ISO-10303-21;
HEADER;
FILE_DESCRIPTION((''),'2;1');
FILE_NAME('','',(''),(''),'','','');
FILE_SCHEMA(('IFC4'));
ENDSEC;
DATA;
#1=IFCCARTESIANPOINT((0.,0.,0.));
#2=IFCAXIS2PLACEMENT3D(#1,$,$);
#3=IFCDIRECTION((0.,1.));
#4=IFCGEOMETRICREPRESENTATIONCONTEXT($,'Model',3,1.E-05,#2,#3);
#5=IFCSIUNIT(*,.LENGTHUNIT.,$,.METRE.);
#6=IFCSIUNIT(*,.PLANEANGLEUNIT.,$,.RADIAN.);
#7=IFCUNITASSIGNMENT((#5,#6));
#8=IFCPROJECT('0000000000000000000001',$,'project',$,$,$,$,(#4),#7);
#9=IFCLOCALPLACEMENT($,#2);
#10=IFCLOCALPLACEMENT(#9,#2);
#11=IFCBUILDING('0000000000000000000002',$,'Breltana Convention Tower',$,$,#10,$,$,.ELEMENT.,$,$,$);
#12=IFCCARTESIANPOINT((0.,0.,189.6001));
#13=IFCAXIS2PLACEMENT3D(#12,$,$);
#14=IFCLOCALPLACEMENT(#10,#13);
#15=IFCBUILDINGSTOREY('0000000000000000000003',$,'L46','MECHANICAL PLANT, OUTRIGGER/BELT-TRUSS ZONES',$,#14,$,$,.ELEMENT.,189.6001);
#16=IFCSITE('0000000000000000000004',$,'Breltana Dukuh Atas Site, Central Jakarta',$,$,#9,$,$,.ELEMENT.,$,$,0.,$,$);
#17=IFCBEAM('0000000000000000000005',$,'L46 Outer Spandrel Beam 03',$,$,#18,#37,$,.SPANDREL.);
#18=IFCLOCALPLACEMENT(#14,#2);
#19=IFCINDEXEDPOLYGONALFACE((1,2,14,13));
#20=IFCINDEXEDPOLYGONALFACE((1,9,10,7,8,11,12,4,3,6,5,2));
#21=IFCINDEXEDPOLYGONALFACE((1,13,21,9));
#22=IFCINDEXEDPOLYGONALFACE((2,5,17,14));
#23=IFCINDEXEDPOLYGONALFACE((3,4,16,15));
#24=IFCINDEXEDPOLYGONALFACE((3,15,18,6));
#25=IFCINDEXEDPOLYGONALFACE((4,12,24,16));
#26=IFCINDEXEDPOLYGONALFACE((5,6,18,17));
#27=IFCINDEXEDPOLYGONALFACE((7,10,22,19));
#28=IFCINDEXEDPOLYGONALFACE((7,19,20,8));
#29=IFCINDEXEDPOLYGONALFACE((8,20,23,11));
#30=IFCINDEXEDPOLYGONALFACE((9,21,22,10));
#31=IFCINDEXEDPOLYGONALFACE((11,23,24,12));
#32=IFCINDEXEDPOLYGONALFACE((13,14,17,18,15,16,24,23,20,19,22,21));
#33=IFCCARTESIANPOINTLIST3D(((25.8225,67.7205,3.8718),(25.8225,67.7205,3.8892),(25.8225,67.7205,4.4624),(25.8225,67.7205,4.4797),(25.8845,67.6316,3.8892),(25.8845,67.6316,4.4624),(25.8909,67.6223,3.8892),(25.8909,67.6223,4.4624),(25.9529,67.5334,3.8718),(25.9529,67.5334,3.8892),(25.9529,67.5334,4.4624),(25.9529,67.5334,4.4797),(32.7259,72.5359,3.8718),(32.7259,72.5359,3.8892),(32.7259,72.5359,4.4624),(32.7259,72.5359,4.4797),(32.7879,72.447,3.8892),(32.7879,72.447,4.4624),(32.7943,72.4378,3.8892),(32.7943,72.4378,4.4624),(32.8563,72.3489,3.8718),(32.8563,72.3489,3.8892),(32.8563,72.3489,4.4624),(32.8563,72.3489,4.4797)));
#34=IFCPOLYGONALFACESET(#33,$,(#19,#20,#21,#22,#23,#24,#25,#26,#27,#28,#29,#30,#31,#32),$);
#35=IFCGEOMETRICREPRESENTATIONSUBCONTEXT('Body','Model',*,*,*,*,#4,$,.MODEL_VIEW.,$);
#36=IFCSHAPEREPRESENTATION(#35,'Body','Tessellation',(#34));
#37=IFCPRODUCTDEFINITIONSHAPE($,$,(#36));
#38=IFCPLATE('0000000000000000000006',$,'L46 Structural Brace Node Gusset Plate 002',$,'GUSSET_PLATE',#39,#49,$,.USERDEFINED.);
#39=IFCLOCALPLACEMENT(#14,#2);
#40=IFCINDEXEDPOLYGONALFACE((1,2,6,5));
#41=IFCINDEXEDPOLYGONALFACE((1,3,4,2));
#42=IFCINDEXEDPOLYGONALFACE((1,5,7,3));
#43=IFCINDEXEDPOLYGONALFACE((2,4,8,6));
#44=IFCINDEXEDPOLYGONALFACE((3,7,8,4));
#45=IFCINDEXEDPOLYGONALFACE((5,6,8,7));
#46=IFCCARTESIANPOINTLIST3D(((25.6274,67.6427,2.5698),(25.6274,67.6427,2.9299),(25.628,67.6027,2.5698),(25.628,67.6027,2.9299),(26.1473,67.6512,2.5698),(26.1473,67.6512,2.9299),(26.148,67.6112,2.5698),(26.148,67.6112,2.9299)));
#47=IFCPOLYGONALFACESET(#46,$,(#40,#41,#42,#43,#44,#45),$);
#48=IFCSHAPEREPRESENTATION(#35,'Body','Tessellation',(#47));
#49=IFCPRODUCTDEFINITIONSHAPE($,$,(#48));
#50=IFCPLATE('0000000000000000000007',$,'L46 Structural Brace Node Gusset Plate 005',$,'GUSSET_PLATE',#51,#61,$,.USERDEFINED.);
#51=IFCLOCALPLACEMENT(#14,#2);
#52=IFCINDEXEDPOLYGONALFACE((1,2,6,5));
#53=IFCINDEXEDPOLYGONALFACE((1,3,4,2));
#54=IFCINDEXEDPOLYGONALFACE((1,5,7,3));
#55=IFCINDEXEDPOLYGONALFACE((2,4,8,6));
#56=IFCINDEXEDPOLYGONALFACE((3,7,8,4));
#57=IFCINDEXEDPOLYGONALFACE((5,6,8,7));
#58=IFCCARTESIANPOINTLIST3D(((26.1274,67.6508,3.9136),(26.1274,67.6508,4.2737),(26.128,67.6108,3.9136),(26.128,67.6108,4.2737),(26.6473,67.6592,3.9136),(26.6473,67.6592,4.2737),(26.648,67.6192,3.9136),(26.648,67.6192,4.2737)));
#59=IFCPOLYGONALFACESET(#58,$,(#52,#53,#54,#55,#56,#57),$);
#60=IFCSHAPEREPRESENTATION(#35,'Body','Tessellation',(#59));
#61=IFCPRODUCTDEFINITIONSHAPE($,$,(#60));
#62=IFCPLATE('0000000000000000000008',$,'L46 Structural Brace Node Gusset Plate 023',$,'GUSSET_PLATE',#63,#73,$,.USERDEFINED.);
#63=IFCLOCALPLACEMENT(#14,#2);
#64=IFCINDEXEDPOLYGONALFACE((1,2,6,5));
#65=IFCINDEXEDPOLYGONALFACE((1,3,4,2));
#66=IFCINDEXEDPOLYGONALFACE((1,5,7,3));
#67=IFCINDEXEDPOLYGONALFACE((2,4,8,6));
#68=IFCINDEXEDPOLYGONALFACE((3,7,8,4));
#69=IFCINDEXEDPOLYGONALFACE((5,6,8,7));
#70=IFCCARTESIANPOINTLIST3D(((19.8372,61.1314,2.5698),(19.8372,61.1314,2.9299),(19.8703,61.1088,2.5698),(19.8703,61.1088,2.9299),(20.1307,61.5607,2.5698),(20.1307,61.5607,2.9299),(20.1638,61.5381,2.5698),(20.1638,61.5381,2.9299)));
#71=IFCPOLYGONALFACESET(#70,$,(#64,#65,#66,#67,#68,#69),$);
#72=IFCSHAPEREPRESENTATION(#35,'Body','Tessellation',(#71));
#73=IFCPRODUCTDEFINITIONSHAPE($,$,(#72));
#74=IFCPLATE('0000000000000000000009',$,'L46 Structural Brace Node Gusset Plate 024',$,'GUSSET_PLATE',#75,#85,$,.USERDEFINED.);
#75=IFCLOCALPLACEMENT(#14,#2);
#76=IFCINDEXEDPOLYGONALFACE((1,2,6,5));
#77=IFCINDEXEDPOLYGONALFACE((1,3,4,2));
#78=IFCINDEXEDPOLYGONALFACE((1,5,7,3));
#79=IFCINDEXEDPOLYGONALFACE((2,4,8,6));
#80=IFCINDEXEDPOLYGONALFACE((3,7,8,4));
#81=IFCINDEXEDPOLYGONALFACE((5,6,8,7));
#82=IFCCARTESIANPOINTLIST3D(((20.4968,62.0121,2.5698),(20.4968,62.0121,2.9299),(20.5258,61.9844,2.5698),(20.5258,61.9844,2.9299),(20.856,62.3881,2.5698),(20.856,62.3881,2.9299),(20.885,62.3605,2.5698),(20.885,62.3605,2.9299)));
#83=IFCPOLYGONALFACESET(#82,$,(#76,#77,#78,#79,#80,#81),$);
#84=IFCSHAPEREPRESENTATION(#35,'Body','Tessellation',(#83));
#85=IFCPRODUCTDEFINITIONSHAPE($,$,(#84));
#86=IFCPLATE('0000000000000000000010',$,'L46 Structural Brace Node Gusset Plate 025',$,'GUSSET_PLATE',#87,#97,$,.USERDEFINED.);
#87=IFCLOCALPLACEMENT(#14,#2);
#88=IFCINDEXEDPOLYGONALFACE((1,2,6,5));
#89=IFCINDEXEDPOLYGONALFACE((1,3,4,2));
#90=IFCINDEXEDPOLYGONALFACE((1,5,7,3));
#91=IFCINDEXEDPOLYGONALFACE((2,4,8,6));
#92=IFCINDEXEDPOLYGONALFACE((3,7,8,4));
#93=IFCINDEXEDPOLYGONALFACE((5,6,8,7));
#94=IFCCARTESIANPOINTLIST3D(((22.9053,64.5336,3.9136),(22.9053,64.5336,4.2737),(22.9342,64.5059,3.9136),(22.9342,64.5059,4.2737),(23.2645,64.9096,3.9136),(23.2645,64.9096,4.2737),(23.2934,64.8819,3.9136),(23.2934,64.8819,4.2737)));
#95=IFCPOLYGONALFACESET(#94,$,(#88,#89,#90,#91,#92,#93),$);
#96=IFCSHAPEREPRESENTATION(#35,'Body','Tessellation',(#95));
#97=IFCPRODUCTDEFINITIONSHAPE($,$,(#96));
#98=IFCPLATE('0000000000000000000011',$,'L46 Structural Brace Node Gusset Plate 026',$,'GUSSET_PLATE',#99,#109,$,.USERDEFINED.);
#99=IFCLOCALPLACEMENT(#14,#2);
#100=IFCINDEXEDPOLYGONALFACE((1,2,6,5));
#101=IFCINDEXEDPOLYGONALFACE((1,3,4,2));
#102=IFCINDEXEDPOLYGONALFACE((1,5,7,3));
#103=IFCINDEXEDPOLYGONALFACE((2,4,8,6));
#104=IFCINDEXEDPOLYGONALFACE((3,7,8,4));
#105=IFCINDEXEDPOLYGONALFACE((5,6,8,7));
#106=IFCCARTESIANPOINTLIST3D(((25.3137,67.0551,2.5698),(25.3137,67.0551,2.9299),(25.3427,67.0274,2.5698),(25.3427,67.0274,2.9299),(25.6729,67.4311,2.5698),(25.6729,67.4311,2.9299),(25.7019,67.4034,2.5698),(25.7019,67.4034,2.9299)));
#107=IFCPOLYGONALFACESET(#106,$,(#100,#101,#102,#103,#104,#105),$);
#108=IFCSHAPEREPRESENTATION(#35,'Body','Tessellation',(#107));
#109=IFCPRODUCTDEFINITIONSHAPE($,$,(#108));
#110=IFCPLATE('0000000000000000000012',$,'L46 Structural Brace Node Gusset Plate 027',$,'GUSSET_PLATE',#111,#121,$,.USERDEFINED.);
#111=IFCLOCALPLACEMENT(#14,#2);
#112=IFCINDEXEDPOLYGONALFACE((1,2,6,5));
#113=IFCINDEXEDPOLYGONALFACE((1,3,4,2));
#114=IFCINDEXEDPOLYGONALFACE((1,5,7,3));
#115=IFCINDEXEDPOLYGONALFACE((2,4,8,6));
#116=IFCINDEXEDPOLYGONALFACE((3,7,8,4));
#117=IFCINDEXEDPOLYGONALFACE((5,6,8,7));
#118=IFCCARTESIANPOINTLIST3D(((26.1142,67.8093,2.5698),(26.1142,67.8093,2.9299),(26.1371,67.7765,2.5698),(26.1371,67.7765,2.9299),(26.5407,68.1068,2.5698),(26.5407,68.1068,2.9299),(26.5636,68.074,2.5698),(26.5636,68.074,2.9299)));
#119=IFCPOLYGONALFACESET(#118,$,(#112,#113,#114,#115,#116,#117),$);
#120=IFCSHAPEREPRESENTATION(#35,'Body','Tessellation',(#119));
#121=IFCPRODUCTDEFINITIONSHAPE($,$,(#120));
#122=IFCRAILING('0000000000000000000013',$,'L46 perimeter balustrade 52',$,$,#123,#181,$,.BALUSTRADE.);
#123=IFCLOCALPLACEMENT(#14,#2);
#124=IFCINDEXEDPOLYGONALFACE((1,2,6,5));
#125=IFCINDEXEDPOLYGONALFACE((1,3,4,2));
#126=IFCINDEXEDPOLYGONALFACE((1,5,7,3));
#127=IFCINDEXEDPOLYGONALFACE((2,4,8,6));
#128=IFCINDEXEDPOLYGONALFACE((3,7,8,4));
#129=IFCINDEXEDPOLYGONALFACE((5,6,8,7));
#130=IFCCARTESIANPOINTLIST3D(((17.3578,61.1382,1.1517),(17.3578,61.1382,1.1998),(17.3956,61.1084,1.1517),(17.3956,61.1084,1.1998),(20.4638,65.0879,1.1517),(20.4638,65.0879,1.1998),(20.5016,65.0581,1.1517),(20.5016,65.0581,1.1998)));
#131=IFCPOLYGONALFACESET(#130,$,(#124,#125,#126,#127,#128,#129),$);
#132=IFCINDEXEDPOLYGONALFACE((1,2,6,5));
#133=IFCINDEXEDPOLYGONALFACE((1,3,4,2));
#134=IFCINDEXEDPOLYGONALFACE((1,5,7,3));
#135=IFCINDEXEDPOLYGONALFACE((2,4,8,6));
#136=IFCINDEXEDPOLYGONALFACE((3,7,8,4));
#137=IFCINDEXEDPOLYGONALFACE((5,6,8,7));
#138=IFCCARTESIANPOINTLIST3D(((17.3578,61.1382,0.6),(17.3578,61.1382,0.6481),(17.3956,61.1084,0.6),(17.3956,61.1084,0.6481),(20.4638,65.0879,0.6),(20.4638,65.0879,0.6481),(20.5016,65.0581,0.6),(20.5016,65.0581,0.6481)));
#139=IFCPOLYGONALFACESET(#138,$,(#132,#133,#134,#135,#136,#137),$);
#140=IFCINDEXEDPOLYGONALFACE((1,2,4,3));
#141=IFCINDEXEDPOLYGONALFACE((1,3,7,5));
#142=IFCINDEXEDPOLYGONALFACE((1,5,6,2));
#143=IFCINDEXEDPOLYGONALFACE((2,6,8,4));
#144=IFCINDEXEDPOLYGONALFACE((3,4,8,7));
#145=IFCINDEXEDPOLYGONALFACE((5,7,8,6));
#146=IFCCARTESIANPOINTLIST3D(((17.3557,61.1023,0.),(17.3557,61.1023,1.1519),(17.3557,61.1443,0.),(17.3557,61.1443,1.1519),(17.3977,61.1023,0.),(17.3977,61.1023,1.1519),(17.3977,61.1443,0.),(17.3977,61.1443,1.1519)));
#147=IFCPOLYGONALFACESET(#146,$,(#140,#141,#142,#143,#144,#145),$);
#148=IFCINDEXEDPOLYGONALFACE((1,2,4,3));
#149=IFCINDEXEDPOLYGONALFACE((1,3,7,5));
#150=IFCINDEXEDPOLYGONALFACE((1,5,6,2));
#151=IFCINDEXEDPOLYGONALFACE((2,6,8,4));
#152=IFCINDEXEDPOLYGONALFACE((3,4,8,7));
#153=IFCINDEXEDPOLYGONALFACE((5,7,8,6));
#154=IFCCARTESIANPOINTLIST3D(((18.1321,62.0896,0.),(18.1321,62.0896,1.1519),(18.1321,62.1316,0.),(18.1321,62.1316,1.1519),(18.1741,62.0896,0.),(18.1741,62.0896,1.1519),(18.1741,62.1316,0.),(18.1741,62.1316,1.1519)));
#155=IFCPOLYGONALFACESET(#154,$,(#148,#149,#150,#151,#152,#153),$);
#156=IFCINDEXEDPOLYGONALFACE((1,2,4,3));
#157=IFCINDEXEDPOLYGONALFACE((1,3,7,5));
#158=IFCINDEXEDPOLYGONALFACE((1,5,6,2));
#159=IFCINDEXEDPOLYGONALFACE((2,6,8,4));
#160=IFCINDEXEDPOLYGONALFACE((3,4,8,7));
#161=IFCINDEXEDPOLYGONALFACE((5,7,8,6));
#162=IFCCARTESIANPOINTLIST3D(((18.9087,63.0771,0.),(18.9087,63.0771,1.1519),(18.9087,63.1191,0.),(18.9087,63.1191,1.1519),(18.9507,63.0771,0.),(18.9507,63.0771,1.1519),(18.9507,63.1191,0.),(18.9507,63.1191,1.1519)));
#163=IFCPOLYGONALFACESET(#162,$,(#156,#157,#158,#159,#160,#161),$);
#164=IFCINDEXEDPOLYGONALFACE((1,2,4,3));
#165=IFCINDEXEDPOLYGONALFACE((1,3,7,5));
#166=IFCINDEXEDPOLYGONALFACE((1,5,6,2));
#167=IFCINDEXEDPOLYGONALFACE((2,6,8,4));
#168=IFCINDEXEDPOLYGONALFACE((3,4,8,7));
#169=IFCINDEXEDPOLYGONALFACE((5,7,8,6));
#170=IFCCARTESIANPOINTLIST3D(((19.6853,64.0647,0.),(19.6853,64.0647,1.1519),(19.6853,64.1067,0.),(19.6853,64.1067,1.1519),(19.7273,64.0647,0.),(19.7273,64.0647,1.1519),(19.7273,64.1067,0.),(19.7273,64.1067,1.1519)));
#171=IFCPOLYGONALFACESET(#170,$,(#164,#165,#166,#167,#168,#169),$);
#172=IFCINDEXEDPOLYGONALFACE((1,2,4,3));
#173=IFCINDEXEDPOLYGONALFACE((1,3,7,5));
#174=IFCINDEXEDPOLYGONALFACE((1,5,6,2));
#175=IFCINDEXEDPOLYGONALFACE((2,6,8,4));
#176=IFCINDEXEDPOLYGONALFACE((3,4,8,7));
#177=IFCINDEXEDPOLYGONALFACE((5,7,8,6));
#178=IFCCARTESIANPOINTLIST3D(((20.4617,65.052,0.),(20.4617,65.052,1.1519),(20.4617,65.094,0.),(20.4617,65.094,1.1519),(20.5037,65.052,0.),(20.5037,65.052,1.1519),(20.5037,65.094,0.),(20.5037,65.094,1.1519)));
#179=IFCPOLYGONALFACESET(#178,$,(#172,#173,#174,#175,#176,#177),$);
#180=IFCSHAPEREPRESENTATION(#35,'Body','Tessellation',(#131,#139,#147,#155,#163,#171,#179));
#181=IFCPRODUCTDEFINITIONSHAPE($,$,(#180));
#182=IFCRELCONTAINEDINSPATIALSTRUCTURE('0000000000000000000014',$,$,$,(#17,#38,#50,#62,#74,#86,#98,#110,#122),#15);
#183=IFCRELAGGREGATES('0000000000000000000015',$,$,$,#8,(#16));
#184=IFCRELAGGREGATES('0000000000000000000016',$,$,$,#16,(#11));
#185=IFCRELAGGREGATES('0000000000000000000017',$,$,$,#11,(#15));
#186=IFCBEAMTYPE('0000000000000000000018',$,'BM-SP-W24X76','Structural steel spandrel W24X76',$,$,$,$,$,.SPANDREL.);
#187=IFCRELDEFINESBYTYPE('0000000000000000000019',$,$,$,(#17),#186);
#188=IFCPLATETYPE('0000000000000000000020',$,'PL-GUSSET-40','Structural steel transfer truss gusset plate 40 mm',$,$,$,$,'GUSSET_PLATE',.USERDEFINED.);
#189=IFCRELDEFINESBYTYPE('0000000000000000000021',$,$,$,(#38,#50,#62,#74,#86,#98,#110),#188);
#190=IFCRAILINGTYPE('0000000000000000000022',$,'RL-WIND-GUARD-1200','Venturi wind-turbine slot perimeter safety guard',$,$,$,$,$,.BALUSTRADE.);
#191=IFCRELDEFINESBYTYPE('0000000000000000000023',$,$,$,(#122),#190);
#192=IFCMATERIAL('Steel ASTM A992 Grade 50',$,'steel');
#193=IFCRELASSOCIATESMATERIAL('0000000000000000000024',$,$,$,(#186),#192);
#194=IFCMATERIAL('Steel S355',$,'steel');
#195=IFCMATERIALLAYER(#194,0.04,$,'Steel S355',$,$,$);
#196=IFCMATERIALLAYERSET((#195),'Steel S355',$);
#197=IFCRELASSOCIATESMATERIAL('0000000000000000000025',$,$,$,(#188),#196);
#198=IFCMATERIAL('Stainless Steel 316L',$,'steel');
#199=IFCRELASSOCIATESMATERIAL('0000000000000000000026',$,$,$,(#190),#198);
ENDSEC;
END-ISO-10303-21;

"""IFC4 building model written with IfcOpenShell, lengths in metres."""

from ifc_helpers import new_model, si_unit, direction, frame, origin, origin_2d, place, context, subcontext, project, spatial, rectangle, i_section, extrude, source, transform, mapped, material, layer, layer_set, material_profile, profile_set, type_object, element, save


model = new_model("IFC4")

# Units and contexts
model_context = context("Model", 3, precision=1e-05, world=origin(), true_north=direction((0.0, 1.0)))
body_context = subcontext(model_context, "Body", "Model", "MODEL_VIEW")
ifc_project = project(units=[si_unit("LENGTHUNIT", "METRE"), si_unit("PLANEANGLEUNIT", "RADIAN")], contexts=[model_context])

# Site, building, storey
site_placement = place(None, origin())
site = spatial("IfcSite", under=ifc_project, at=site_placement, Name="Breltana Dukuh Atas Site, Central Jakarta", CompositionType="ELEMENT", RefElevation=0.0)
building_placement = place(site_placement, origin())
building = spatial("IfcBuilding", under=site, at=building_placement, Name="Breltana Convention Tower", CompositionType="ELEMENT")
storey_placement = place(building_placement, frame((0.0, 0.0, 189.6001)))
storey = spatial("IfcBuildingStorey", under=building, at=storey_placement, Name="L46", Description="MECHANICAL PLANT, OUTRIGGER/BELT-TRUSS ZONES", CompositionType="ELEMENT", Elevation=189.6001)

# Shared definitions
ifc_material_1 = material(Name="Steel ASTM A992 Grade 50", Category="steel")

# Beam
ifc_material_profile_1 = material_profile(ifc_material_1, i_section(OverallWidth=0.228, OverallDepth=0.6079, WebThickness=0.0112, FlangeThickness=0.0173, at=origin_2d()), Name="W24X76")
ifc_profile_set_1 = profile_set([ifc_material_profile_1], Name="Steel ASTM A992 Grade 50")
beam_type_1 = type_object("IfcBeamType", Name="BM-SP-W24X76", Description="Structural steel spandrel W24X76", PredefinedType="SPANDREL", material=ifc_profile_set_1)
shared_shape_1 = source(origin(), body_context, "Body", "SweptSolid", [
    extrude(i_section(OverallWidth=0.228, OverallDepth=0.6079, WebThickness=0.0112, FlangeThickness=0.0173, at=origin_2d()), origin(), (0.0, 0.0, 1.0), 8.417),
])
beam_1_placement = place(storey_placement, frame((25.8877, 67.627, 4.1758), z_axis=(0.820174, 0.572114, 0.0), x_axis=(-0.572114, 0.820174, 0.0)))
element("IfcBeam", 1, at=beam_1_placement, inside=storey, type_object=beam_type_1, Name="L46 Outer Spandrel Beam 03", PredefinedType="SPANDREL", context=body_context, shape_type="MappedRepresentation", body=[
    mapped(shared_shape_1, transform((0.0, 0.0, 0.0), scale=1.0)),
])

# Plates
ifc_material_2 = material(Name="Steel S355", Category="steel")
ifc_layer = layer(ifc_material_2, 0.04, Name="Steel S355")
ifc_layer_set = layer_set([ifc_layer], Name="Steel S355")
plate_type = type_object("IfcPlateType", Name="PL-GUSSET-40", Description="Structural steel transfer truss gusset plate 40 mm", ElementType="GUSSET_PLATE", PredefinedType="USERDEFINED", material=ifc_layer_set)
shared_shape_2 = source(origin(), body_context, "Body", "SweptSolid", [
    extrude(rectangle(XDim=0.52, YDim=0.04, at=origin_2d()), origin(), (0.0, 0.0, 1.0), 0.3601),
])
for number, where, z_axis, x_axis, name in (
    (2, (25.8877, 67.627, 2.5698), (0.0, 0.0, 1.0), (-0.999868, -0.016231, 0.0), "L46 Structural Brace Node Gusset Plate 002"),
    (3, (26.3877, 67.635, 3.9136), (0.0, 0.0, 1.0), (-0.999868, -0.016231, 0.0), "L46 Structural Brace Node Gusset Plate 005"),
    (4, (20.0005, 61.3347, 2.5698), (0.0, 0.0, 1.0), (0.564391, 0.825508, 0.0), "L46 Structural Brace Node Gusset Plate 023"),
    (5, (20.6909, 62.1863, 2.5698), (0.0, 0.0, 1.0), (0.690756, 0.723088, 0.0), "L46 Structural Brace Node Gusset Plate 024"),
    (6, (23.0994, 64.7078, 3.9136), (0.0, 0.0, 1.0), (0.690756, 0.723088, 0.0), "L46 Structural Brace Node Gusset Plate 025"),
    (7, (25.5078, 67.2292, 2.5698), (0.0, 0.0, 1.0), (0.690756, 0.723088, 0.0), "L46 Structural Brace Node Gusset Plate 026"),
    (8, (26.3389, 67.9417, 2.5698), (0.0, 0.0, 1.0), (0.820152, 0.572146, 0.0), "L46 Structural Brace Node Gusset Plate 027"),
):
    element("IfcPlate", number, at=place(storey_placement, frame(where, z_axis=z_axis, x_axis=x_axis)), inside=storey, type_object=plate_type, Name=name, ObjectType="GUSSET_PLATE", PredefinedType="USERDEFINED", context=body_context, shape_type="MappedRepresentation", body=[
        mapped(shared_shape_2, transform((0.0, 0.0, 0.0), scale=1.0)),
    ])

# Railing
ifc_material_3 = material(Name="Stainless Steel 316L", Category="steel")
railing_type = type_object("IfcRailingType", Name="RL-WIND-GUARD-1200", Description="Venturi wind-turbine slot perimeter safety guard", PredefinedType="BALUSTRADE", material=ifc_material_3)
railing_1_placement = place(storey_placement, frame((17.3767, 61.1233, 0.0)))
element("IfcRailing", 9, at=railing_1_placement, inside=storey, type_object=railing_type, Name="L46 perimeter balustrade 52", PredefinedType="BALUSTRADE", context=body_context, shape_type="SweptSolid", body=[
    extrude(rectangle(XDim=0.0481, YDim=0.0481, at=origin_2d()), frame((0.0, 0.0, 1.1758), z_axis=(0.618143, 0.786065, 0.0), x_axis=(-0.786065, 0.618143, 0.0)), (0.0, 0.0, 1.0), 5.0247),
    extrude(rectangle(XDim=0.0481, YDim=0.0481, at=origin_2d()), frame((0.0, 0.0, 0.624), z_axis=(0.618143, 0.786065, 0.0), x_axis=(-0.786065, 0.618143, 0.0)), (0.0, 0.0, 1.0), 5.0247),
    extrude(rectangle(XDim=0.042, YDim=0.042, at=origin_2d()), origin(), (0.0, 0.0, 1.0), 1.1519),
    extrude(rectangle(XDim=0.042, YDim=0.042, at=origin_2d()), frame((0.7764, 0.9873, 0.0)), (0.0, 0.0, 1.0), 1.1519),
    extrude(rectangle(XDim=0.042, YDim=0.042, at=origin_2d()), frame((1.553, 1.9749, 0.0)), (0.0, 0.0, 1.0), 1.1519),
    extrude(rectangle(XDim=0.042, YDim=0.042, at=origin_2d()), frame((2.3296, 2.9624, 0.0)), (0.0, 0.0, 1.0), 1.1519),
    extrude(rectangle(XDim=0.042, YDim=0.042, at=origin_2d()), frame((3.106, 3.9497, 0.0)), (0.0, 0.0, 1.0), 1.1519),
])

save(model, "model.ifc")
